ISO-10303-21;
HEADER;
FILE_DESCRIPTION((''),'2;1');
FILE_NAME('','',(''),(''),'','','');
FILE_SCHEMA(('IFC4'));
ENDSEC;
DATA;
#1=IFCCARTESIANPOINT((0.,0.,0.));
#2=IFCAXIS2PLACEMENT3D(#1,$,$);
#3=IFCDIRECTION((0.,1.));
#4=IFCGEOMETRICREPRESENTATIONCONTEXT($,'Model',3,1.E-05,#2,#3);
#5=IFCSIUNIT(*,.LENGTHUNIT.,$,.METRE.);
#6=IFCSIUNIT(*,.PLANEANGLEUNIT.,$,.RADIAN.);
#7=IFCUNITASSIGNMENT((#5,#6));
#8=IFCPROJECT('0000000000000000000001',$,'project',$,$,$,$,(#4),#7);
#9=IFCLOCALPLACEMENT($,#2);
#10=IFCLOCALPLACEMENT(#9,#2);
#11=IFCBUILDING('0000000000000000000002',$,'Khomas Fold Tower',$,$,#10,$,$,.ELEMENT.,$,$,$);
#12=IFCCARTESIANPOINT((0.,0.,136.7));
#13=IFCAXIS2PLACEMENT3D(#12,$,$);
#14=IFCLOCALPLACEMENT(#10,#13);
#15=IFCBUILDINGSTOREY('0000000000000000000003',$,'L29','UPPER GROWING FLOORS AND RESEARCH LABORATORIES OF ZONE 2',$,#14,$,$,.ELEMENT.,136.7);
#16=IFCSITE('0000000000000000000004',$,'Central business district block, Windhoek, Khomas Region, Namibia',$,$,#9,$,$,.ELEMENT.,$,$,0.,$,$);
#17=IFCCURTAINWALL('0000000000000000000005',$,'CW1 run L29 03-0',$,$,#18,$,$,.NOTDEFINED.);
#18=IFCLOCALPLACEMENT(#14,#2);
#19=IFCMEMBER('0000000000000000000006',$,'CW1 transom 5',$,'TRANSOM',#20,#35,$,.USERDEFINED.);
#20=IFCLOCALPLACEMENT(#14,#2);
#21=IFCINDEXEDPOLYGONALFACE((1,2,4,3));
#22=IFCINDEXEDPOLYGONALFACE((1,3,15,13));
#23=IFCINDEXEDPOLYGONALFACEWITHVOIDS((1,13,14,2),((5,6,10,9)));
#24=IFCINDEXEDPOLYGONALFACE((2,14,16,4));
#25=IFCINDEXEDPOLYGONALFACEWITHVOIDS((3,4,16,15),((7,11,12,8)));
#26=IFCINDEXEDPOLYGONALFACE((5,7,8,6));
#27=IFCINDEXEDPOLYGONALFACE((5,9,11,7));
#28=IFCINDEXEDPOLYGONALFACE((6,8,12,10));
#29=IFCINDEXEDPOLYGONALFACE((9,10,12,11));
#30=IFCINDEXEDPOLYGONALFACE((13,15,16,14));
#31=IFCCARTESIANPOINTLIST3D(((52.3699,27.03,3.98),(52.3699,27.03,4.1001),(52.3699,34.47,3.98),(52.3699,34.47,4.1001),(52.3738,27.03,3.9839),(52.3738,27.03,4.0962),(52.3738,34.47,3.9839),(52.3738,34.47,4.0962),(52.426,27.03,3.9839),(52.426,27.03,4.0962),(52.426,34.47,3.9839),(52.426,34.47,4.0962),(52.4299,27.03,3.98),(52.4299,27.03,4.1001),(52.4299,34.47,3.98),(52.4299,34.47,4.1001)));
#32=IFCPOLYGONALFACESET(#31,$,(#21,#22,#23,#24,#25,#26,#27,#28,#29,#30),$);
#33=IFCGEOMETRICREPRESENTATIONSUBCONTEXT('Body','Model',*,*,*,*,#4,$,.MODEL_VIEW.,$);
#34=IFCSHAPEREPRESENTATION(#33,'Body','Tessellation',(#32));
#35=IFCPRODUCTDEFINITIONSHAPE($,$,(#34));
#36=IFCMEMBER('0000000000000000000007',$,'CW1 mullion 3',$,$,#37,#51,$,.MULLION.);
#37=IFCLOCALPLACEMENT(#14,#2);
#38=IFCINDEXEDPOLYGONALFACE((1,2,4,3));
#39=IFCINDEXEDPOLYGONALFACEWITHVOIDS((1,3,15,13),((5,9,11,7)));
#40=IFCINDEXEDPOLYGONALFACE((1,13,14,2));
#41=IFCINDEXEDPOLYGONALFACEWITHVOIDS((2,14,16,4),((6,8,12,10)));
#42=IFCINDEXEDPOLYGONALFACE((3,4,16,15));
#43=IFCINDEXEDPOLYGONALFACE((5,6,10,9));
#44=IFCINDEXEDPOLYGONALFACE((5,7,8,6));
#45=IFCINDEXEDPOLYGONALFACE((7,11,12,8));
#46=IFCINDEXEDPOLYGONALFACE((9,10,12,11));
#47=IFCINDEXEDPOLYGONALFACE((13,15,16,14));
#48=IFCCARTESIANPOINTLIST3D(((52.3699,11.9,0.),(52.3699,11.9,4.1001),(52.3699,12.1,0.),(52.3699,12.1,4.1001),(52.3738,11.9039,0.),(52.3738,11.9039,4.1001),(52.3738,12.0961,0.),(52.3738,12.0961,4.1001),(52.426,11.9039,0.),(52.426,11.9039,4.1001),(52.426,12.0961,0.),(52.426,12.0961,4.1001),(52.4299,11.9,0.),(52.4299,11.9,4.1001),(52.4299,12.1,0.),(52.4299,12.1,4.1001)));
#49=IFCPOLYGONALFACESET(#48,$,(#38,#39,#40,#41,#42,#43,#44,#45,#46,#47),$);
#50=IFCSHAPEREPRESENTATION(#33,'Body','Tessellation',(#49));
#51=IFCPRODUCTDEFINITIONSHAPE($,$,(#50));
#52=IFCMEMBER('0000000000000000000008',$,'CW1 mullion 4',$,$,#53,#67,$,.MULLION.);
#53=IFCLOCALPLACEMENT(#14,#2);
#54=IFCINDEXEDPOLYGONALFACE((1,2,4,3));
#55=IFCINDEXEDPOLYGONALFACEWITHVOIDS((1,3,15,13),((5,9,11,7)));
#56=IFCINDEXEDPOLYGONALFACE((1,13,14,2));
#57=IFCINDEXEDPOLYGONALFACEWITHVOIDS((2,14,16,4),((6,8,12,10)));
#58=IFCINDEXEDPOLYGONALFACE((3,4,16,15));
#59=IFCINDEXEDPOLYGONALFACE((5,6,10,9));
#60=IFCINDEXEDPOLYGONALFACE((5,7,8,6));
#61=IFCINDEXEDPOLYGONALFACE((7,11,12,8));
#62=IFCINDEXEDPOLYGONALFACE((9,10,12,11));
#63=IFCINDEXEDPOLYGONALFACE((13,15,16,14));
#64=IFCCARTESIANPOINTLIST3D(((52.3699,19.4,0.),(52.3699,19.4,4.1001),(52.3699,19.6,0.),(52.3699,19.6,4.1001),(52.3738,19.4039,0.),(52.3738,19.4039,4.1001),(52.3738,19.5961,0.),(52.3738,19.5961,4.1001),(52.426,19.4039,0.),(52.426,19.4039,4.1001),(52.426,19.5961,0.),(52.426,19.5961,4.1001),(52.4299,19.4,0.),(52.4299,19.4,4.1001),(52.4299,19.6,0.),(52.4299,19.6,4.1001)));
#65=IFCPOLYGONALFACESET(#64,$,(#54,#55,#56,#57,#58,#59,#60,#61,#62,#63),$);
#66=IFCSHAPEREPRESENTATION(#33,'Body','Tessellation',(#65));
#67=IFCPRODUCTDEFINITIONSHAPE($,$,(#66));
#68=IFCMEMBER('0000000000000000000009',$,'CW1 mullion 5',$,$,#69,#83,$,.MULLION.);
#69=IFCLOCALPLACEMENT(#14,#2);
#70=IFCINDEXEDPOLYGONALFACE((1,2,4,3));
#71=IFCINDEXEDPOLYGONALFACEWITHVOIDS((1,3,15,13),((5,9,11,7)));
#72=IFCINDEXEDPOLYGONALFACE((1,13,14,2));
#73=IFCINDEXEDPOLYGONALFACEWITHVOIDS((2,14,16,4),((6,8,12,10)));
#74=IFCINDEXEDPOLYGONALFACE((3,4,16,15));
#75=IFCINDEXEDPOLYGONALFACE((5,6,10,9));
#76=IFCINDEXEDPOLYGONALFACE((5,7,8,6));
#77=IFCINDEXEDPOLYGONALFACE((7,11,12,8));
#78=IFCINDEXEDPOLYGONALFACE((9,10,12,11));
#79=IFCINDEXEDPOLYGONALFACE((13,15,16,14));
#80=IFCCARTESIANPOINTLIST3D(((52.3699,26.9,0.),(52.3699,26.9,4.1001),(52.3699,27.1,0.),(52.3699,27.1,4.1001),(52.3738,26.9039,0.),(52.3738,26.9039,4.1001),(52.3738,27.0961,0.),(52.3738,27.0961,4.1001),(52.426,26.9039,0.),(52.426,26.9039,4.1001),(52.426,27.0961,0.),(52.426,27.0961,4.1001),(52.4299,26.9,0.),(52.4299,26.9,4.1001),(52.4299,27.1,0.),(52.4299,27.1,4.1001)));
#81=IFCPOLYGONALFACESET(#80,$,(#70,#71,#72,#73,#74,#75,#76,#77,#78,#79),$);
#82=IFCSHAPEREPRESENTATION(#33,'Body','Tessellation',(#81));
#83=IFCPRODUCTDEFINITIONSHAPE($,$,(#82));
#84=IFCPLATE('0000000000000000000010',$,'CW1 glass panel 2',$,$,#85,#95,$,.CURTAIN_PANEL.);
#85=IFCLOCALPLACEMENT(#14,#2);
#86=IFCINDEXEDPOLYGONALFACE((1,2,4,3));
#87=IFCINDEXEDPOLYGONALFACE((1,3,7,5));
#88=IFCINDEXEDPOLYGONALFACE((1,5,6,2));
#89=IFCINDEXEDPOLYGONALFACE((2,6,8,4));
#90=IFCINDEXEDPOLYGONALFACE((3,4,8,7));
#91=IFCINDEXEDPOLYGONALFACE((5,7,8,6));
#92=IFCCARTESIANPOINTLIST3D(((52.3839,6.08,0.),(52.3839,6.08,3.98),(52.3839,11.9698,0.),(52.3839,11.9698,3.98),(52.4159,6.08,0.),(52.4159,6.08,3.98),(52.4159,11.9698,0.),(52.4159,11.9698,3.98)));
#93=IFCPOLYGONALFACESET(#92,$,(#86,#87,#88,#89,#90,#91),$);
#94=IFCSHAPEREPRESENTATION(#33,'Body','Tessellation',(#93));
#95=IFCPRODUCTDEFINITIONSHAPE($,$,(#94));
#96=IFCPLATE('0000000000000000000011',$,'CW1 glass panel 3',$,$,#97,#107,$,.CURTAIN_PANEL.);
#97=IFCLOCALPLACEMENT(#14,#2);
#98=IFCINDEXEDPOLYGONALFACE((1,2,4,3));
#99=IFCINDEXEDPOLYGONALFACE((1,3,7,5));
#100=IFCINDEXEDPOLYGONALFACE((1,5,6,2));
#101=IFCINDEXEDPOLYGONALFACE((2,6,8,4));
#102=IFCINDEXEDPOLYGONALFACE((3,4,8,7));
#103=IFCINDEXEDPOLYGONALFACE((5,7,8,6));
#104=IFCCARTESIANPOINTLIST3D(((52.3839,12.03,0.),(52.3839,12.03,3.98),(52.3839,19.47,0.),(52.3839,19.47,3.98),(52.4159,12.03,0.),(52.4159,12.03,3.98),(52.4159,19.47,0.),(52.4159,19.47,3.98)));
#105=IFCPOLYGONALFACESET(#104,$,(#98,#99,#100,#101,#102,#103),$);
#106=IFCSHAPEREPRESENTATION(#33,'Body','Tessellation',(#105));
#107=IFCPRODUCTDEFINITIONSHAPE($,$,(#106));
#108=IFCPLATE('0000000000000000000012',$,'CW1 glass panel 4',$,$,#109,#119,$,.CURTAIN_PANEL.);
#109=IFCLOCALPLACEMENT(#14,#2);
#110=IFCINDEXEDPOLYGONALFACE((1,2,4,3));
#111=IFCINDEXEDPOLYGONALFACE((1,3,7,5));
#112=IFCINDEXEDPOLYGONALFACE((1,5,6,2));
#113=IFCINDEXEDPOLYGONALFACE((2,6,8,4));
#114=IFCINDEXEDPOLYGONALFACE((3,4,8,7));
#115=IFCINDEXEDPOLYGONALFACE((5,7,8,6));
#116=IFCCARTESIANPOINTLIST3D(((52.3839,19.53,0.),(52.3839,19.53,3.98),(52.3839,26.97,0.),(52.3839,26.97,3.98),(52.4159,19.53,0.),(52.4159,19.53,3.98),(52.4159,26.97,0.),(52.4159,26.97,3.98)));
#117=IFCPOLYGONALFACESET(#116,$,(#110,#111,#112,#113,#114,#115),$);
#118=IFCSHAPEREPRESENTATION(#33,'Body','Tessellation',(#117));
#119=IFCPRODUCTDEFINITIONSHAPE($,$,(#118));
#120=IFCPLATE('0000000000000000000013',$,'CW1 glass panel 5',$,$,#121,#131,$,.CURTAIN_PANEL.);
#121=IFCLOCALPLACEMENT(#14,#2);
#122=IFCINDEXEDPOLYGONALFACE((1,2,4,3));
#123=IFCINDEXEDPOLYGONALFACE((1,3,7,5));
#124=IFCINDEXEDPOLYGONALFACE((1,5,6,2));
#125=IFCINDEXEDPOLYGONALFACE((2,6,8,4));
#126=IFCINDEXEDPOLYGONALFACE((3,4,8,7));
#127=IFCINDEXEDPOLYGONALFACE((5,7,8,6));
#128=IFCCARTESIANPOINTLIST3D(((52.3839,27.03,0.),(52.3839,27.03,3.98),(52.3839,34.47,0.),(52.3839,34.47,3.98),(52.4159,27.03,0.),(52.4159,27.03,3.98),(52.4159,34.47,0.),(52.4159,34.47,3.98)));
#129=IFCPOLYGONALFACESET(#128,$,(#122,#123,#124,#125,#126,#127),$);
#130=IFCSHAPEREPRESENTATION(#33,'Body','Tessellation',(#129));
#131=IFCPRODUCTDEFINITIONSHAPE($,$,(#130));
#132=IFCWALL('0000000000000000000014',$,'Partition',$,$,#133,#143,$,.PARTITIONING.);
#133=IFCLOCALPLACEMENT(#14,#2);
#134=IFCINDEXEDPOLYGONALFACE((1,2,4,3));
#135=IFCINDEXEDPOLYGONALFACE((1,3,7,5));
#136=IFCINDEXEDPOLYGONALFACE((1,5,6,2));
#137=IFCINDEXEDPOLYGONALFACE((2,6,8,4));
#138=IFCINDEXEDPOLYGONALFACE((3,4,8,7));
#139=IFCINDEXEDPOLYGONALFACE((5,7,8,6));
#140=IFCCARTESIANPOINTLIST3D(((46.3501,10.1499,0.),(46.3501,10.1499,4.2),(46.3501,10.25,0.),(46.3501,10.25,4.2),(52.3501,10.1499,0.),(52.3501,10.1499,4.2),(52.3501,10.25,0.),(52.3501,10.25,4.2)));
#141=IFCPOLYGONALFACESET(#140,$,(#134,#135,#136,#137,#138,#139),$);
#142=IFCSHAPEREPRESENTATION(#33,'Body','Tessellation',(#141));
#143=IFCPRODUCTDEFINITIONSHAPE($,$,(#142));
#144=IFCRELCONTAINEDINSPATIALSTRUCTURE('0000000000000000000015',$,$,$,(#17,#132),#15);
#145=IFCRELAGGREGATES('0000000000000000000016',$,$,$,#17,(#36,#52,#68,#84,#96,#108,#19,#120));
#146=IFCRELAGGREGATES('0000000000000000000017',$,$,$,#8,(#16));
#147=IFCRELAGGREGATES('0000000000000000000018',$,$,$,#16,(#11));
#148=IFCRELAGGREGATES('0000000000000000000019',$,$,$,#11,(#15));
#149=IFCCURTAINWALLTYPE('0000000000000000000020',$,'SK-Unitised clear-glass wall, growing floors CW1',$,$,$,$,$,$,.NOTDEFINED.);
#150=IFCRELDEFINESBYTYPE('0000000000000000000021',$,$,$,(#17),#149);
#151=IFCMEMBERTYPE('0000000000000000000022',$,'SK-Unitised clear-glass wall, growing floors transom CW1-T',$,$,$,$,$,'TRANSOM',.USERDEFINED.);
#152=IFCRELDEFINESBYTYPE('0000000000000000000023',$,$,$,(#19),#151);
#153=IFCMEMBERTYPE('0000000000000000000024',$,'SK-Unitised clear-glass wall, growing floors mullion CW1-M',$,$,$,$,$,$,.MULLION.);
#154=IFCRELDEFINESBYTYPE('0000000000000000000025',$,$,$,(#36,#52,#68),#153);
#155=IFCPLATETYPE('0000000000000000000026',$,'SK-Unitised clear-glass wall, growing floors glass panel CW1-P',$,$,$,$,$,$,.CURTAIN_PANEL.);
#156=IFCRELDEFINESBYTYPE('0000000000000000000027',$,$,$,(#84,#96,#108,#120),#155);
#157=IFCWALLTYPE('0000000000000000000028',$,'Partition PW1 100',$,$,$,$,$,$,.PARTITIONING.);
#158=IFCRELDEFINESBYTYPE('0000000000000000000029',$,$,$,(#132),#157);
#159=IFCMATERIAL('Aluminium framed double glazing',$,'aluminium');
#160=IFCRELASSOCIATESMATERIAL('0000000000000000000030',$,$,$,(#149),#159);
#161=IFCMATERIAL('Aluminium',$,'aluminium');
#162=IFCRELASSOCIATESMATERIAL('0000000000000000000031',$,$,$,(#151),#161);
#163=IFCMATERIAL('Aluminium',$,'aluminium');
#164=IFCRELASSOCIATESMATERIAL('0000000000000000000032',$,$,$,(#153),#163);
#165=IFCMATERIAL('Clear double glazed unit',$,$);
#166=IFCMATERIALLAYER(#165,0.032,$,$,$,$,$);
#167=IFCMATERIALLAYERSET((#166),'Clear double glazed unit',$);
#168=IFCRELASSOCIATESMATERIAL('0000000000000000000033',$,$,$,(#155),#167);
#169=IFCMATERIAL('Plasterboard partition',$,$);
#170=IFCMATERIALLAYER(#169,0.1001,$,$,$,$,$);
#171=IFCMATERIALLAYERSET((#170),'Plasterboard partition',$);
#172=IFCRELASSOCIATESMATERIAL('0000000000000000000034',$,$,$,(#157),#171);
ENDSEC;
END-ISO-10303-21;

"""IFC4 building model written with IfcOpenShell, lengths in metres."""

from ifc_helpers import new_model, si_unit, direction, frame, frame_2d, origin, origin_2d, place, context, subcontext, project, spatial, rectangle, hollow_rectangle, extrude, source, transform, mapped, material, layer, layer_set, material_profile, profile_set, type_object, element, aggregate, save


model = new_model("IFC4")

# Units and contexts
model_context = context("Model", 3, precision=1e-05, world=origin(), true_north=direction((0.0, 1.0)))
body_context = subcontext(model_context, "Body", "Model", "MODEL_VIEW")
ifc_project = project(units=[si_unit("LENGTHUNIT", "METRE"), si_unit("PLANEANGLEUNIT", "RADIAN")], contexts=[model_context])

# Site, building, storey
site_placement = place(None, origin())
site = spatial("IfcSite", under=ifc_project, at=site_placement, Name="Central business district block, Windhoek, Khomas Region, Namibia", CompositionType="ELEMENT", RefElevation=0.0)
building_placement = place(site_placement, origin())
building = spatial("IfcBuilding", under=site, at=building_placement, Name="Khomas Fold Tower", CompositionType="ELEMENT")
storey_placement = place(building_placement, frame((0.0, 0.0, 136.7)))
storey = spatial("IfcBuildingStorey", under=building, at=storey_placement, Name="L29", Description="UPPER GROWING FLOORS AND RESEARCH LABORATORIES OF ZONE 2", CompositionType="ELEMENT", Elevation=136.7)

# Curtain wall, members, plates
ifc_material_1 = material(Name="Aluminium framed double glazing", Category="aluminium")
curtain_wall_type = type_object("IfcCurtainWallType", Name="SK-Unitised clear-glass wall, growing floors CW1", PredefinedType="NOTDEFINED", material=ifc_material_1)
curtain_wall_placement = place(storey_placement, origin())
curtain_wall = element("IfcCurtainWall", 1, at=curtain_wall_placement, inside=storey, type_object=curtain_wall_type, Name="CW1 run L29 03-0", PredefinedType="NOTDEFINED")
ifc_material_2 = material(Name="Aluminium", Category="aluminium")
ifc_material_profile_1 = material_profile(ifc_material_2, hollow_rectangle(XDim=0.0601, YDim=0.1201, WallThickness=0.0039, at=origin_2d()), Name="SK-Unitised clear-glass wall, growing floors transom CW1-T")
ifc_profile_set_1 = profile_set([ifc_material_profile_1], Name="Aluminium")
member_type_1 = type_object("IfcMemberType", Name="SK-Unitised clear-glass wall, growing floors transom CW1-T", ElementType="TRANSOM", PredefinedType="USERDEFINED", material=ifc_profile_set_1)
shared_shape_1 = source(origin(), body_context, "Body", "SweptSolid", [
    extrude(hollow_rectangle(XDim=0.0601, YDim=0.1201, WallThickness=0.0039, at=origin_2d()), origin(), (0.0, 0.0, 1.0), 7.4399),
])
member_1_placement = place(storey_placement, frame((52.3999, 27.03, 4.04), z_axis=(0.0, 1.0, 0.0), x_axis=(-1.0, 0.0, 0.0)))
member_1 = element("IfcMember", 2, at=member_1_placement, type_object=member_type_1, Name="CW1 transom 5", ObjectType="TRANSOM", PredefinedType="USERDEFINED", context=body_context, shape_type="MappedRepresentation", body=[
    mapped(shared_shape_1, transform((0.0, 0.0, 0.0))),
])
ifc_material_3 = material(Name="Aluminium", Category="aluminium")
ifc_material_profile_2 = material_profile(ifc_material_3, hollow_rectangle(XDim=0.0601, YDim=0.2, WallThickness=0.0039, at=origin_2d()), Name="SK-Unitised clear-glass wall, growing floors mullion CW1-M")
ifc_profile_set_2 = profile_set([ifc_material_profile_2], Name="Aluminium")
member_type_2 = type_object("IfcMemberType", Name="SK-Unitised clear-glass wall, growing floors mullion CW1-M", PredefinedType="MULLION", material=ifc_profile_set_2)
shared_shape_2 = source(origin(), body_context, "Body", "SweptSolid", [
    extrude(hollow_rectangle(XDim=0.0601, YDim=0.2, WallThickness=0.0039, at=origin_2d()), origin(), (0.0, 0.0, 1.0), 4.1001),
])
member_2_placement = place(storey_placement, frame((52.3999, 12.0, 0.0), z_axis=(0.0, 0.0, 1.0), x_axis=(-1.0, 0.0, 0.0)))
member_2 = element("IfcMember", 3, at=member_2_placement, type_object=member_type_2, Name="CW1 mullion 3", PredefinedType="MULLION", context=body_context, shape_type="MappedRepresentation", body=[
    mapped(shared_shape_2, transform((0.0, 0.0, 0.0))),
])
member_3_placement = place(storey_placement, frame((52.3999, 19.5, 0.0), z_axis=(0.0, 0.0, 1.0), x_axis=(-1.0, 0.0, 0.0)))
member_3 = element("IfcMember", 4, at=member_3_placement, type_object=member_type_2, Name="CW1 mullion 4", PredefinedType="MULLION", context=body_context, shape_type="MappedRepresentation", body=[
    mapped(shared_shape_2, transform((0.0, 0.0, 0.0))),
])
member_4_placement = place(storey_placement, frame((52.3999, 27.0, 0.0), z_axis=(0.0, 0.0, 1.0), x_axis=(-1.0, 0.0, 0.0)))
member_4 = element("IfcMember", 5, at=member_4_placement, type_object=member_type_2, Name="CW1 mullion 5", PredefinedType="MULLION", context=body_context, shape_type="MappedRepresentation", body=[
    mapped(shared_shape_2, transform((0.0, 0.0, 0.0))),
])
ifc_material_4 = material(Name="Clear double glazed unit")
ifc_layer_1 = layer(ifc_material_4, 0.032)
ifc_layer_set_1 = layer_set([ifc_layer_1], Name="Clear double glazed unit")
plate_type = type_object("IfcPlateType", Name="SK-Unitised clear-glass wall, growing floors glass panel CW1-P", PredefinedType="CURTAIN_PANEL", material=ifc_layer_set_1)
shared_shape_3 = source(origin(), body_context, "Body", "SweptSolid", [
    extrude(rectangle(XDim=5.8899, YDim=0.032, at=origin_2d()), origin(), (0.0, 0.0, 1.0), 3.98),
])
plate_1_placement = place(storey_placement, frame((52.3999, 9.0249, 0.0), z_axis=(0.0, 0.0, 1.0), x_axis=(0.0, 1.0, 0.0)))
plate_1 = element("IfcPlate", 6, at=plate_1_placement, type_object=plate_type, Name="CW1 glass panel 2", PredefinedType="CURTAIN_PANEL", context=body_context, shape_type="MappedRepresentation", body=[
    mapped(shared_shape_3, transform((0.0, 0.0, 0.0))),
])
shared_shape_4 = source(origin(), body_context, "Body", "SweptSolid", [
    extrude(rectangle(XDim=7.4399, YDim=0.032, at=origin_2d()), origin(), (0.0, 0.0, 1.0), 3.98),
])
plate_2_placement = place(storey_placement, frame((52.3999, 15.75, 0.0), z_axis=(0.0, 0.0, 1.0), x_axis=(0.0, 1.0, 0.0)))
plate_2 = element("IfcPlate", 7, at=plate_2_placement, type_object=plate_type, Name="CW1 glass panel 3", PredefinedType="CURTAIN_PANEL", context=body_context, shape_type="MappedRepresentation", body=[
    mapped(shared_shape_4, transform((0.0, 0.0, 0.0))),
])
plate_3_placement = place(storey_placement, frame((52.3999, 23.25, 0.0), z_axis=(0.0, 0.0, 1.0), x_axis=(0.0, 1.0, 0.0)))
plate_3 = element("IfcPlate", 8, at=plate_3_placement, type_object=plate_type, Name="CW1 glass panel 4", PredefinedType="CURTAIN_PANEL", context=body_context, shape_type="MappedRepresentation", body=[
    mapped(shared_shape_4, transform((0.0, 0.0, 0.0))),
])
plate_4_placement = place(storey_placement, frame((52.3999, 30.75, 0.0), z_axis=(0.0, 0.0, 1.0), x_axis=(0.0, 1.0, 0.0)))
plate_4 = element("IfcPlate", 9, at=plate_4_placement, type_object=plate_type, Name="CW1 glass panel 5", PredefinedType="CURTAIN_PANEL", context=body_context, shape_type="MappedRepresentation", body=[
    mapped(shared_shape_4, transform((0.0, 0.0, 0.0))),
])
aggregate(curtain_wall, [member_2, member_3, member_4, plate_1, plate_2, plate_3, member_1, plate_4])

# Wall
ifc_material_5 = material(Name="Plasterboard partition")
ifc_layer_2 = layer(ifc_material_5, 0.1001)
ifc_layer_set_2 = layer_set([ifc_layer_2], Name="Plasterboard partition")
wall_type_1 = type_object("IfcWallType", Name="Partition PW1 100", PredefinedType="PARTITIONING", material=ifc_layer_set_2)
shared_shape_5 = source(origin(), body_context, "Body", "SweptSolid", [
    extrude(rectangle(XDim=6.0, YDim=0.1001, at=frame_2d((3.0, 0.0))), origin(), (0.0, 0.0, 1.0), 4.2),
])
wall_1_placement = place(storey_placement, frame((46.3501, 10.2, 0.0), z_axis=(0.0, 0.0, 1.0), x_axis=(1.0, 0.0, 0.0)))
element("IfcWall", 10, at=wall_1_placement, inside=storey, type_object=wall_type_1, Name="Partition", PredefinedType="PARTITIONING", context=body_context, shape_type="MappedRepresentation", body=[
    mapped(shared_shape_5, transform((0.0, 0.0, 0.0))),
])

save(model, "model.ifc")
